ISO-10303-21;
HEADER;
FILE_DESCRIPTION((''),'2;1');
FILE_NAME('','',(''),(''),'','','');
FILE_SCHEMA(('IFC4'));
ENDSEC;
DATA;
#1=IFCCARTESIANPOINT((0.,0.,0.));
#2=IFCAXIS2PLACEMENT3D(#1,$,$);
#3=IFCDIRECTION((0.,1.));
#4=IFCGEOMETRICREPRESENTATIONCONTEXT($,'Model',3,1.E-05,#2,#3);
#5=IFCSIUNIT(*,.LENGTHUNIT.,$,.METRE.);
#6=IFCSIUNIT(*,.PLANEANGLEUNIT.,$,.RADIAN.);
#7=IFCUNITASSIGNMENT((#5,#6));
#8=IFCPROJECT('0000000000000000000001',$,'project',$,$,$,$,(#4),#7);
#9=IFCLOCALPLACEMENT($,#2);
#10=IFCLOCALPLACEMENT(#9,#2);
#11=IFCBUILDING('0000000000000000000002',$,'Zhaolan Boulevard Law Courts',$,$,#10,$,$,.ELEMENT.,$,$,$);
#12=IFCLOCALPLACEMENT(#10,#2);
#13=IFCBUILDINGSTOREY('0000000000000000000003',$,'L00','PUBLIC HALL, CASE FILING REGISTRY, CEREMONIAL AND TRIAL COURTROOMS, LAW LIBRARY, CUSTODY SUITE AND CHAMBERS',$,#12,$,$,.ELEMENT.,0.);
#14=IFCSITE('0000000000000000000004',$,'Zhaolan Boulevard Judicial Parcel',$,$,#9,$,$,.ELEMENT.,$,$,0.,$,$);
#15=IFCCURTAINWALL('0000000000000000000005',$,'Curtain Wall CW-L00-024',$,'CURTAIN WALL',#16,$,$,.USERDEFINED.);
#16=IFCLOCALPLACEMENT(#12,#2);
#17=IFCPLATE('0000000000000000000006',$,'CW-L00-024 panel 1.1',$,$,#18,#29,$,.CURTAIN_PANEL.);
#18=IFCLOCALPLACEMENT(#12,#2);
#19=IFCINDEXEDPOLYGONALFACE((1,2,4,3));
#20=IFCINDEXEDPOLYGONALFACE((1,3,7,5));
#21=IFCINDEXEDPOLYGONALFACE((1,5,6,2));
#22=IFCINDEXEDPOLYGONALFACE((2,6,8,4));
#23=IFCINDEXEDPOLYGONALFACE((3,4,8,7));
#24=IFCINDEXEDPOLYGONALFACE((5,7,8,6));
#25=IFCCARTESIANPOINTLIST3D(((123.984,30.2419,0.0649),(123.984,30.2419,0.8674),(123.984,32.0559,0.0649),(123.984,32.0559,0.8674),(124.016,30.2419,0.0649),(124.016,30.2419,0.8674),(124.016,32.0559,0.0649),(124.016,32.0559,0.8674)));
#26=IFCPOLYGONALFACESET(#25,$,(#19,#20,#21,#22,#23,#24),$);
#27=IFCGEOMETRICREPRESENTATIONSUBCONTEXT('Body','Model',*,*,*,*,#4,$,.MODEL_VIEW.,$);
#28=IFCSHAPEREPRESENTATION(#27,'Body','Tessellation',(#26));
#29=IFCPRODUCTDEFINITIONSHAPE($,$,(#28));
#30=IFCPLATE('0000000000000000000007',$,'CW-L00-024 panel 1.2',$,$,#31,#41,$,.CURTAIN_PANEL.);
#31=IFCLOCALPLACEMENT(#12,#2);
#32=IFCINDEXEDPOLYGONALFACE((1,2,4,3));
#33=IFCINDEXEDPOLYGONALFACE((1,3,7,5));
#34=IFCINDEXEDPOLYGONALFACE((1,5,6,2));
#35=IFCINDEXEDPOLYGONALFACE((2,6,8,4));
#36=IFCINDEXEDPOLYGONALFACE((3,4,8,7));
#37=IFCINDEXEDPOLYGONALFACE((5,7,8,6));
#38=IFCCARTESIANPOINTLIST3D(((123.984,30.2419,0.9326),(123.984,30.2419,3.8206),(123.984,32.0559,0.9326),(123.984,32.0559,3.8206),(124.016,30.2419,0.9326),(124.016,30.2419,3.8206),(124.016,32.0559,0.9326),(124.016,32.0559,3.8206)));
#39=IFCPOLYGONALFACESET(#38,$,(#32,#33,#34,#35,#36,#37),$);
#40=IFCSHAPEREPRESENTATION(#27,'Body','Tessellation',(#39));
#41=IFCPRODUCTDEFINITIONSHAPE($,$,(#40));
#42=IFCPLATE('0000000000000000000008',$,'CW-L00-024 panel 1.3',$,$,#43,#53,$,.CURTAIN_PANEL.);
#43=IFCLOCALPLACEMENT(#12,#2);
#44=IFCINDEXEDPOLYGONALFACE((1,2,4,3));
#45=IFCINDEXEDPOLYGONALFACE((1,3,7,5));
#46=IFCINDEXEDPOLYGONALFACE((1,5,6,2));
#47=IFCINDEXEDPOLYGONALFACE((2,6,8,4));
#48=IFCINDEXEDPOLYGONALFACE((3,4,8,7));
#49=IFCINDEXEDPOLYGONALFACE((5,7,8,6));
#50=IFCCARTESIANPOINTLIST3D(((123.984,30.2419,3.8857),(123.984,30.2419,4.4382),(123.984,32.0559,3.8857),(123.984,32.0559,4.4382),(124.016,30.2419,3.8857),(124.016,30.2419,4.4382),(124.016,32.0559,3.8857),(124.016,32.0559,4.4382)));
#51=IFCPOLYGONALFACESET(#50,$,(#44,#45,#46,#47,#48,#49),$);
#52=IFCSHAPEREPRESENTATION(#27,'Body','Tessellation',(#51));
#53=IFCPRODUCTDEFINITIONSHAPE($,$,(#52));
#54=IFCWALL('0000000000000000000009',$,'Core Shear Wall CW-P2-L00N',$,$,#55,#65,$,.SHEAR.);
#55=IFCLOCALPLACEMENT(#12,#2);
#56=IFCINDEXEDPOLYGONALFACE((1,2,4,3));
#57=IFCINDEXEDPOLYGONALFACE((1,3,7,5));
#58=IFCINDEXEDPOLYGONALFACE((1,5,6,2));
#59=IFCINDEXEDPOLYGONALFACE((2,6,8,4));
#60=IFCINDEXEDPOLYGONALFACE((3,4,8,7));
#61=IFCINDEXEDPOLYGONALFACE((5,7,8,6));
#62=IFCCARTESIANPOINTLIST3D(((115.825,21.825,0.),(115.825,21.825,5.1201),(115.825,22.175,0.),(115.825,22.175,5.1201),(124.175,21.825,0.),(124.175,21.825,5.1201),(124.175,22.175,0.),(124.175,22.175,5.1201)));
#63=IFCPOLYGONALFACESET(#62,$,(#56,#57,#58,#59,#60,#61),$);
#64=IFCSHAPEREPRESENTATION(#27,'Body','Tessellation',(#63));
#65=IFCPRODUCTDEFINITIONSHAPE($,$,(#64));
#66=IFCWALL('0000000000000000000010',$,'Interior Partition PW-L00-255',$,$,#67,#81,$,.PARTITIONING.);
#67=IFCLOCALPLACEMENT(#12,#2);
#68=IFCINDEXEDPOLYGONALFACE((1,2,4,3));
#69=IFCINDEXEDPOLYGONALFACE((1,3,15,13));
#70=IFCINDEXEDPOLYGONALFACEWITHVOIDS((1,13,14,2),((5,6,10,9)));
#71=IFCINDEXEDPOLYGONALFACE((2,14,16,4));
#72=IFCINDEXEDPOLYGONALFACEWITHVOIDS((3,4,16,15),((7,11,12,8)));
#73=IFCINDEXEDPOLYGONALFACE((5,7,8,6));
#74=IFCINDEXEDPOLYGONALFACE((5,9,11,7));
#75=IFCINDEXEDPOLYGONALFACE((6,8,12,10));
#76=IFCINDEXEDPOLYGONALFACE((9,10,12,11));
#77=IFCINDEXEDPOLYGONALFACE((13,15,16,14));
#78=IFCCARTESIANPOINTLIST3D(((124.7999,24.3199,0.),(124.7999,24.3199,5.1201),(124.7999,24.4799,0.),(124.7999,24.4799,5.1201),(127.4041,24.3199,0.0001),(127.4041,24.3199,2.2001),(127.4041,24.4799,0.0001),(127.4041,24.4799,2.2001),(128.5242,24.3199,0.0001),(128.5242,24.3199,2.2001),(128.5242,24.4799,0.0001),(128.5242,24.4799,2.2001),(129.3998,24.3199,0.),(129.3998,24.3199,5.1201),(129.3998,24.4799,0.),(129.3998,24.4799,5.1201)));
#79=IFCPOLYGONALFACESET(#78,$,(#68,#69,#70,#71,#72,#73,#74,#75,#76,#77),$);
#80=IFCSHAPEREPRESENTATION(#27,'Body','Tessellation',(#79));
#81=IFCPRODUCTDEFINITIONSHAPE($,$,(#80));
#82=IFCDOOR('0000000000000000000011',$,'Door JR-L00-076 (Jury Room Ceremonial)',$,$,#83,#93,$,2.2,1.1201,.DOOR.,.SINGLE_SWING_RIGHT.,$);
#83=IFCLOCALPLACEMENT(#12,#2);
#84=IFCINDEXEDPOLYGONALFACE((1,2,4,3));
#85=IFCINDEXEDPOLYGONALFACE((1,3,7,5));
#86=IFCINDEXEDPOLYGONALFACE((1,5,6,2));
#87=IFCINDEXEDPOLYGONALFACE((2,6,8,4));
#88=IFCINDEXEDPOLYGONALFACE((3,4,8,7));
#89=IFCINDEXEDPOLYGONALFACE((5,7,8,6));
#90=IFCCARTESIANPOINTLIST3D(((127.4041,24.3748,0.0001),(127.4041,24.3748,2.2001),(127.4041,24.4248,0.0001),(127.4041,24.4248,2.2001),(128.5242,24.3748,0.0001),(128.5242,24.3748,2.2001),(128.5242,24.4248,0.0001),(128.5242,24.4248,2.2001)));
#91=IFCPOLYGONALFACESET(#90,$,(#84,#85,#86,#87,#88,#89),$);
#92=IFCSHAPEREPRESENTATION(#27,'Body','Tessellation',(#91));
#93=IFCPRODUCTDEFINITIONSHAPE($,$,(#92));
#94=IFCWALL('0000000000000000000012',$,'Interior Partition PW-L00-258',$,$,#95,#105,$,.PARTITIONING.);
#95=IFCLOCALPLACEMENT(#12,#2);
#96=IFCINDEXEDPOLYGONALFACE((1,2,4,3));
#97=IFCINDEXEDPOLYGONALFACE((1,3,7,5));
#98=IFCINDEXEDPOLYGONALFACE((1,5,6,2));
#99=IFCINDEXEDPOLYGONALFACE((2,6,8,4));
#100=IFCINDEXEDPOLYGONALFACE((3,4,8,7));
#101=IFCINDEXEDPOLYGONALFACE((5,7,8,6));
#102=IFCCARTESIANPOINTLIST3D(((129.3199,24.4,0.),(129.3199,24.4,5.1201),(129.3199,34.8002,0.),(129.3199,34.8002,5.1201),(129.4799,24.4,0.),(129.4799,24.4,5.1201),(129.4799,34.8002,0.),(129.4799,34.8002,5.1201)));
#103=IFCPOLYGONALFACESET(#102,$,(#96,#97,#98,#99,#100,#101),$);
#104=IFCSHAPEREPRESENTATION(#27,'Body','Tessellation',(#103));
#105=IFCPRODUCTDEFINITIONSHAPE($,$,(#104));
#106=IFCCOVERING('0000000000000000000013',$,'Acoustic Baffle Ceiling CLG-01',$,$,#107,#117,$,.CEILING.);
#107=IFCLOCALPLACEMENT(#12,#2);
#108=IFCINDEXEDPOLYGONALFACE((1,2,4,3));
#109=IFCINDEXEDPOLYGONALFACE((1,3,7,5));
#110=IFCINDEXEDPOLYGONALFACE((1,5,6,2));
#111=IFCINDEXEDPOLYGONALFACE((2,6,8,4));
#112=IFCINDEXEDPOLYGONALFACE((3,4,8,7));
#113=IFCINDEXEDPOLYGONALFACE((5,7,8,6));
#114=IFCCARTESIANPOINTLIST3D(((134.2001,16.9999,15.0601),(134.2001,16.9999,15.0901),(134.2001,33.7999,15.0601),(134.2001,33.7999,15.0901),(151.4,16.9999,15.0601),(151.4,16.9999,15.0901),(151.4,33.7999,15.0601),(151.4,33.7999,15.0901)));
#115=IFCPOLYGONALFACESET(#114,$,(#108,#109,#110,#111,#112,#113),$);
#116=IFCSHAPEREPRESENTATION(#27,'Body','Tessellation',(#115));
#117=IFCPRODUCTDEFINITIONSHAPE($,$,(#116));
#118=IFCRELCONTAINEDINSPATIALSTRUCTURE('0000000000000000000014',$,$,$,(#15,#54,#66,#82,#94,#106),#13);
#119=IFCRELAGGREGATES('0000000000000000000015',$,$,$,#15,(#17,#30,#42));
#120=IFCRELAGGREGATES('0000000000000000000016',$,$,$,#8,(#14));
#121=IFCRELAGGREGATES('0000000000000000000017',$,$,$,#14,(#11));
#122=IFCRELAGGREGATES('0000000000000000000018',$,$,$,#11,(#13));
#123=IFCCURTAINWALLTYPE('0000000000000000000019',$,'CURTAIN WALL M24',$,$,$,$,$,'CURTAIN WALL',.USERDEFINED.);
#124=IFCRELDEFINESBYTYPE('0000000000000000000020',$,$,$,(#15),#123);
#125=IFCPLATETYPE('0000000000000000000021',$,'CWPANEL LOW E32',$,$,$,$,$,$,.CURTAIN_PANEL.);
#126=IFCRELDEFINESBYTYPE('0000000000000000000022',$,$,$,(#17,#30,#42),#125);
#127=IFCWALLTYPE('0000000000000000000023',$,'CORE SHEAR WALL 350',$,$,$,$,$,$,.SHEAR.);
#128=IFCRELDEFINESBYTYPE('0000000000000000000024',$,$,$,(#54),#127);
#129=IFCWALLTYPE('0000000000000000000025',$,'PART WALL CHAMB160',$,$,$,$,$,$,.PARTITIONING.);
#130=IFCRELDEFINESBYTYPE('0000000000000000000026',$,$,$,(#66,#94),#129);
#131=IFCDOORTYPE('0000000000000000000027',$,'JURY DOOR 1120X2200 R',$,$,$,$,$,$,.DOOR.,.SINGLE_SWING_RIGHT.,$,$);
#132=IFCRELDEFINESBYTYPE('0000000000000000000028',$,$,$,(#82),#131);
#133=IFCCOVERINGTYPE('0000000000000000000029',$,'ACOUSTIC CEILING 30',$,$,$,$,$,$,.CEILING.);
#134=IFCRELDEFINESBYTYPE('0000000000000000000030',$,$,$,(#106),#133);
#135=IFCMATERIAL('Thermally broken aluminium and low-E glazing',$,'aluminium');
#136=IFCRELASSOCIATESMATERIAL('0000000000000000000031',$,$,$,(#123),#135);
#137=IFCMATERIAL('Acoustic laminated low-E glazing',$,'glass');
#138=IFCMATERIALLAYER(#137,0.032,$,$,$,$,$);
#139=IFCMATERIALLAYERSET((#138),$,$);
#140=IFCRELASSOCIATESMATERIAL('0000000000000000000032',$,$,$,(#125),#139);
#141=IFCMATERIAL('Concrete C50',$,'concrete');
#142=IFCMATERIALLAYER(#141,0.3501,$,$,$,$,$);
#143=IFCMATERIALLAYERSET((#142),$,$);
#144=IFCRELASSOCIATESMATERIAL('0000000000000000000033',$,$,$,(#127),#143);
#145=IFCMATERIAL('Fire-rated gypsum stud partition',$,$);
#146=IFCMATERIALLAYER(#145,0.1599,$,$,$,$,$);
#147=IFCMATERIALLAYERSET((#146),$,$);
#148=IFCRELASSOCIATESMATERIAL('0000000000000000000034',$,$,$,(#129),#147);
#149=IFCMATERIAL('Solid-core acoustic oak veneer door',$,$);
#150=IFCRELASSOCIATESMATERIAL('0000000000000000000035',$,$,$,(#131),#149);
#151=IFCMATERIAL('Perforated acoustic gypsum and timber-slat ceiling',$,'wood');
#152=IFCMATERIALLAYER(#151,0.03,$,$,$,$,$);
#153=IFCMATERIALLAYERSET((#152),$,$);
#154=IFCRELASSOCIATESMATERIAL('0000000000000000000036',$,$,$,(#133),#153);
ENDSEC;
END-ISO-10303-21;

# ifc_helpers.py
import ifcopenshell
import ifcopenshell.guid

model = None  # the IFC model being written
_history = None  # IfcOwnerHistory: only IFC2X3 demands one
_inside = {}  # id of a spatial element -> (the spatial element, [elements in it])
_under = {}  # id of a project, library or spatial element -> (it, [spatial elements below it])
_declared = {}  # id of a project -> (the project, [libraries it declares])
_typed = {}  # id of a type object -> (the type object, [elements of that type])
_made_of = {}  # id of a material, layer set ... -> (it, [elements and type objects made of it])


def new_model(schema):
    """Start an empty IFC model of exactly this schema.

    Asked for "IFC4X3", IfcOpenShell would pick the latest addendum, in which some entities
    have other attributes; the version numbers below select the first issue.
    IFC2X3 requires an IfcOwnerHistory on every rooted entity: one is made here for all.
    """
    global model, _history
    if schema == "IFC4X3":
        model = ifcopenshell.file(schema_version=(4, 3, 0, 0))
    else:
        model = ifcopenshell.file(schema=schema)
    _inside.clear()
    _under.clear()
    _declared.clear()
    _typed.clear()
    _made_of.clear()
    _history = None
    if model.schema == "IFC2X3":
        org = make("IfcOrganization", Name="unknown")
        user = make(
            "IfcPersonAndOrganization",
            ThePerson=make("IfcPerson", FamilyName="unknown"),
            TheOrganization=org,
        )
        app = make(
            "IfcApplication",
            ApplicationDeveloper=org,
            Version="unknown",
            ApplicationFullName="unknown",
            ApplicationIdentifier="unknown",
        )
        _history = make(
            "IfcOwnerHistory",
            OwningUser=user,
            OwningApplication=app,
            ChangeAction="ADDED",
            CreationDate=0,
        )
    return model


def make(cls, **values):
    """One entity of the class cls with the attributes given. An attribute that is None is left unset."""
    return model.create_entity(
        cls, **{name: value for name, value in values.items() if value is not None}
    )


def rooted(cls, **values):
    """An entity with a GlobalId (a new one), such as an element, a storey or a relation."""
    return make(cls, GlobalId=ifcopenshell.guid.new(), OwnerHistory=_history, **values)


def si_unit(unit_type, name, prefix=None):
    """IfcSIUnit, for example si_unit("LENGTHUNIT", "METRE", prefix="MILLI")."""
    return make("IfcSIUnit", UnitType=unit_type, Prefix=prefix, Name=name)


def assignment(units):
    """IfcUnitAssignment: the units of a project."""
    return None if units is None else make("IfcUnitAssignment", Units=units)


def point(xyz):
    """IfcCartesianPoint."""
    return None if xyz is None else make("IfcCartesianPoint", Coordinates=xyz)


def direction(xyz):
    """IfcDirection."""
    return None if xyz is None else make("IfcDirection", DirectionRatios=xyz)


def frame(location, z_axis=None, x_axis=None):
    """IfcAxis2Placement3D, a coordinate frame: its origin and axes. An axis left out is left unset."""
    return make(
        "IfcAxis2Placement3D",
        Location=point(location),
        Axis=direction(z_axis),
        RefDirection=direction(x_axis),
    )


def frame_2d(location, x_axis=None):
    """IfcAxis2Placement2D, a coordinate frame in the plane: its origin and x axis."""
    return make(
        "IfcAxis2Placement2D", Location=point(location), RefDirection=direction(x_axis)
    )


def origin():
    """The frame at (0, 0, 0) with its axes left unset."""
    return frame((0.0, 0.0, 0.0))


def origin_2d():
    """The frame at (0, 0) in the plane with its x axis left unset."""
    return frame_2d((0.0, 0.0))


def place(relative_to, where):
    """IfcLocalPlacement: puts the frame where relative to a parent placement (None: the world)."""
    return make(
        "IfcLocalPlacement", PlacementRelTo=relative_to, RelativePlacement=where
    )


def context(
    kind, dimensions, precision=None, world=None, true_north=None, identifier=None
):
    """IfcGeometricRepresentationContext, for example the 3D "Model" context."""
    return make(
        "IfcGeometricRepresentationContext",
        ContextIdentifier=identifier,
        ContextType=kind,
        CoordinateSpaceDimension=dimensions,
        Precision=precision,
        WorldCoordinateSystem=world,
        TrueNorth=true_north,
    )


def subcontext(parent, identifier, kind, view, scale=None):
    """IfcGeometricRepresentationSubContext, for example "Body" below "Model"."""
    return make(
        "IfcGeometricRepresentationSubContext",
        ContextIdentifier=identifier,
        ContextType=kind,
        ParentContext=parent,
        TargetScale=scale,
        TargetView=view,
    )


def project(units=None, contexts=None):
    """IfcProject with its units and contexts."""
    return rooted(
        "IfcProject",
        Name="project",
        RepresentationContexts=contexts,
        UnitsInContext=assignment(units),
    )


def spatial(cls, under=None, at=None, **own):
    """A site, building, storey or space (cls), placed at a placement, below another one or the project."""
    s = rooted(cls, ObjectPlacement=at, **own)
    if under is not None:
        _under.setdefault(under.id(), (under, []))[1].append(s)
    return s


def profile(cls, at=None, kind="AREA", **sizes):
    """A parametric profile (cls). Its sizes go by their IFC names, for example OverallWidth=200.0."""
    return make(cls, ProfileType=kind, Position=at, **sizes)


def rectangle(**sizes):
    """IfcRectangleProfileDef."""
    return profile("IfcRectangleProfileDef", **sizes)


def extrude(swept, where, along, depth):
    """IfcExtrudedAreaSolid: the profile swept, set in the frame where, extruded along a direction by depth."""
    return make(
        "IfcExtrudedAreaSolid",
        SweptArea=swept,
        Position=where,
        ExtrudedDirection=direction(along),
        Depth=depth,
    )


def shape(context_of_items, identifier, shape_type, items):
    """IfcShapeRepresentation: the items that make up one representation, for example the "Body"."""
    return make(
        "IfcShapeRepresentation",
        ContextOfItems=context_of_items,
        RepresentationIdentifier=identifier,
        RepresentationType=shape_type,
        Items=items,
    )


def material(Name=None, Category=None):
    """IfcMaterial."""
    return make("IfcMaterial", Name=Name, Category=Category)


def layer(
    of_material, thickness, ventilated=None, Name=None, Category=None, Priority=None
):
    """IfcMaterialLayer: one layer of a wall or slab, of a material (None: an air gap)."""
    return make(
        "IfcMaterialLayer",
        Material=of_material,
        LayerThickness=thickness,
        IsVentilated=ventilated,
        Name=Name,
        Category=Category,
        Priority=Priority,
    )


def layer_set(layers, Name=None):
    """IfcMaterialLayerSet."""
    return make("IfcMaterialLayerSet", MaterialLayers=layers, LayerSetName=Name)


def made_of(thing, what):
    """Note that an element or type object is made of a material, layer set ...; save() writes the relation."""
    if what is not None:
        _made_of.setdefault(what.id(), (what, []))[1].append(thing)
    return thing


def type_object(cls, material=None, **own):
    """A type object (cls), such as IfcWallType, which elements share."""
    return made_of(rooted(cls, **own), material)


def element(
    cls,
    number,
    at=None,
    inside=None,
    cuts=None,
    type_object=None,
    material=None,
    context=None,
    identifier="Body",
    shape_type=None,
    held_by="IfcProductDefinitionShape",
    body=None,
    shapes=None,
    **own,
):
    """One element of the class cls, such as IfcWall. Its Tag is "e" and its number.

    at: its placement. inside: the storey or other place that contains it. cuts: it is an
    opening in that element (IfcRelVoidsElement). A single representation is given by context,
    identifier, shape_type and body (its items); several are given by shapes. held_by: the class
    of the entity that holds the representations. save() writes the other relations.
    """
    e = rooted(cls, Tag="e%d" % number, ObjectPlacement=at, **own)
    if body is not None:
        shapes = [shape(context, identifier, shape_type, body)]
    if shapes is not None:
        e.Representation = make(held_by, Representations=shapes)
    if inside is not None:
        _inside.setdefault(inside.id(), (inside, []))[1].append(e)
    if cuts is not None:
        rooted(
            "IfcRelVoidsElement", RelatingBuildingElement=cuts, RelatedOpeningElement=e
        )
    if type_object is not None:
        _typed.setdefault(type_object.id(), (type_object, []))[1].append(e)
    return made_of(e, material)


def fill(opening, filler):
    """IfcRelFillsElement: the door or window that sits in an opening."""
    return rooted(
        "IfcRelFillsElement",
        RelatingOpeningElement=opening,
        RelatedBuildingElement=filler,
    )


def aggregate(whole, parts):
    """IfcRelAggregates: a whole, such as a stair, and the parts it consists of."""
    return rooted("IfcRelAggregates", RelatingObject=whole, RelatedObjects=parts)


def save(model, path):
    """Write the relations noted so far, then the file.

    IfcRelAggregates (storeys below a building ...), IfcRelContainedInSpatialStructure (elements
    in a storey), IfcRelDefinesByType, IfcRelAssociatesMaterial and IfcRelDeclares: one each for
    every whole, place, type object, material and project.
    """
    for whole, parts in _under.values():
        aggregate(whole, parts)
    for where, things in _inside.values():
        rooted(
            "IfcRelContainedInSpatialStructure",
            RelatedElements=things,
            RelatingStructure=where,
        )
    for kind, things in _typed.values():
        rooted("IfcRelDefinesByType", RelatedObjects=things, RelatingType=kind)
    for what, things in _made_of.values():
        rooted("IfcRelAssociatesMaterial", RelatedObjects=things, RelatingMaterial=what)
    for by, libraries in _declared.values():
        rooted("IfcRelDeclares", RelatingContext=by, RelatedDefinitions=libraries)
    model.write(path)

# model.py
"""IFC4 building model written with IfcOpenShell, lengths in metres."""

from ifc_helpers import new_model, si_unit, direction, frame, frame_2d, origin, origin_2d, place, context, subcontext, project, spatial, rectangle, extrude, material, layer, layer_set, type_object, element, fill, aggregate, save


model = new_model("IFC4")

# Units and contexts
model_context = context("Model", 3, precision=1e-05, world=origin(), true_north=direction((0.0, 1.0)))
body_context = subcontext(model_context, "Body", "Model", "MODEL_VIEW")
ifc_project = project(units=[si_unit("LENGTHUNIT", "METRE"), si_unit("PLANEANGLEUNIT", "RADIAN")], contexts=[model_context])

# Site, building, storey
site_placement = place(None, origin())
site = spatial("IfcSite", under=ifc_project, at=site_placement, Name="Zhaolan Boulevard Judicial Parcel", CompositionType="ELEMENT", RefElevation=0.0)
building_placement = place(site_placement, origin())
building = spatial("IfcBuilding", under=site, at=building_placement, Name="Zhaolan Boulevard Law Courts", CompositionType="ELEMENT")
storey_placement = place(building_placement, origin())
storey = spatial("IfcBuildingStorey", under=building, at=storey_placement, Name="L00", Description="PUBLIC HALL, CASE FILING REGISTRY, CEREMONIAL AND TRIAL COURTROOMS, LAW LIBRARY, CUSTODY SUITE AND CHAMBERS", CompositionType="ELEMENT", Elevation=0.0)

# Curtain wall
ifc_material_1 = material(Name="Thermally broken aluminium and low-E glazing", Category="aluminium")
curtain_wall_type = type_object("IfcCurtainWallType", Name="CURTAIN WALL M24", ElementType="CURTAIN WALL", PredefinedType="USERDEFINED", material=ifc_material_1)
curtain_wall_placement = place(storey_placement, origin())
curtain_wall = element("IfcCurtainWall", 1, at=curtain_wall_placement, inside=storey, type_object=curtain_wall_type, Name="Curtain Wall CW-L00-024", ObjectType="CURTAIN WALL", PredefinedType="USERDEFINED")

# Plates
ifc_material_2 = material(Name="Acoustic laminated low-E glazing", Category="glass")
ifc_layer_1 = layer(ifc_material_2, 0.032)
ifc_layer_set_1 = layer_set([ifc_layer_1])
plate_type = type_object("IfcPlateType", Name="CWPANEL LOW E32", PredefinedType="CURTAIN_PANEL", material=ifc_layer_set_1)
plate_1_placement = place(storey_placement, frame((124.0, 31.1489, 0.0649), z_axis=(0.0, 0.0, 1.0), x_axis=(0.0, 1.0, 0.0)))
plate_1 = element("IfcPlate", 2, at=plate_1_placement, type_object=plate_type, Name="CW-L00-024 panel 1.1", PredefinedType="CURTAIN_PANEL", context=body_context, shape_type="SweptSolid", body=[
    extrude(rectangle(XDim=1.814, YDim=0.032, at=origin_2d()), origin(), (0.0, 0.0, 1.0), 0.8025),
])
plate_2_placement = place(storey_placement, frame((124.0, 31.1489, 0.9326), z_axis=(0.0, 0.0, 1.0), x_axis=(0.0, 1.0, 0.0)))
plate_2 = element("IfcPlate", 3, at=plate_2_placement, type_object=plate_type, Name="CW-L00-024 panel 1.2", PredefinedType="CURTAIN_PANEL", context=body_context, shape_type="SweptSolid", body=[
    extrude(rectangle(XDim=1.814, YDim=0.032, at=origin_2d()), origin(), (0.0, 0.0, 1.0), 2.8879),
])
plate_3_placement = place(storey_placement, frame((124.0, 31.1489, 3.8857), z_axis=(0.0, 0.0, 1.0), x_axis=(0.0, 1.0, 0.0)))
plate_3 = element("IfcPlate", 4, at=plate_3_placement, type_object=plate_type, Name="CW-L00-024 panel 1.3", PredefinedType="CURTAIN_PANEL", context=body_context, shape_type="SweptSolid", body=[
    extrude(rectangle(XDim=1.814, YDim=0.032, at=origin_2d()), origin(), (0.0, 0.0, 1.0), 0.5525),
])
aggregate(curtain_wall, [plate_1, plate_2, plate_3])

# Wall
ifc_material_3 = material(Name="Concrete C50", Category="concrete")
ifc_layer_2 = layer(ifc_material_3, 0.3501)
ifc_layer_set_2 = layer_set([ifc_layer_2])
wall_type_1 = type_object("IfcWallType", Name="CORE SHEAR WALL 350", PredefinedType="SHEAR", material=ifc_layer_set_2)
wall_1_placement = place(storey_placement, frame((124.175, 22.0, 0.0), z_axis=(0.0, 0.0, 1.0), x_axis=(-1.0, 0.0, 0.0)))
element("IfcWall", 5, at=wall_1_placement, inside=storey, type_object=wall_type_1, Name="Core Shear Wall CW-P2-L00N", PredefinedType="SHEAR", context=body_context, shape_type="SweptSolid", body=[
    extrude(rectangle(XDim=8.3501, YDim=0.3501, at=frame_2d((4.175, 0.0))), origin(), (0.0, 0.0, 1.0), 5.1201),
])

# Wall, opening, door
ifc_material_4 = material(Name="Fire-rated gypsum stud partition")
ifc_layer_3 = layer(ifc_material_4, 0.1599)
ifc_layer_set_3 = layer_set([ifc_layer_3])
wall_type_2 = type_object("IfcWallType", Name="PART WALL CHAMB160", PredefinedType="PARTITIONING", material=ifc_layer_set_3)
wall_2_placement = place(storey_placement, frame((124.8, 24.3999, 0.0), z_axis=(0.0, 0.0, 1.0), x_axis=(1.0, 0.0, 0.0)))
wall_2 = element("IfcWall", 6, at=wall_2_placement, inside=storey, type_object=wall_type_2, Name="Interior Partition PW-L00-255", PredefinedType="PARTITIONING", context=body_context, shape_type="SweptSolid", body=[
    extrude(rectangle(XDim=4.5999, YDim=0.1599, at=frame_2d((2.2998, 0.0))), origin(), (0.0, 0.0, 1.0), 5.1201),
])
opening_placement = place(wall_2_placement, frame((2.604, 0.0, 0.0)))
opening = element("IfcOpeningElement", 7, at=opening_placement, cuts=wall_2, PredefinedType="OPENING", context=body_context, shape_type="SweptSolid", body=[
    extrude(rectangle(XDim=1.1201, YDim=2.2, at=frame_2d((0.5601, 1.1001))), frame((0.0, 0.0898, 0.0), z_axis=(0.0, -1.0, 0.0), x_axis=(1.0, 0.0, 0.0)), (0.0, 0.0, 1.0), 0.1799),
])
ifc_material_5 = material(Name="Solid-core acoustic oak veneer door")
door_type = type_object("IfcDoorType", Name="JURY DOOR 1120X2200 R", OperationType="SINGLE_SWING_RIGHT", PredefinedType="DOOR", material=ifc_material_5)
door_placement = place(opening_placement, origin())
door = element("IfcDoor", 8, at=door_placement, inside=storey, type_object=door_type, Name="Door JR-L00-076 (Jury Room Ceremonial)", OperationType="SINGLE_SWING_RIGHT", OverallHeight=2.2, OverallWidth=1.1201, PredefinedType="DOOR", context=body_context, shape_type="SweptSolid", body=[
    extrude(rectangle(XDim=1.1201, YDim=2.2, at=frame_2d((0.5601, 1.1001))), frame((0.0, 0.0249, 0.0), z_axis=(0.0, -1.0, 0.0), x_axis=(1.0, 0.0, 0.0)), (0.0, 0.0, 1.0), 0.05),
])
fill(opening, door)

# Wall
wall_3_placement = place(storey_placement, frame((129.3999, 24.3999, 0.0), z_axis=(0.0, 0.0, 1.0), x_axis=(0.0, 1.0, 0.0)))
element("IfcWall", 9, at=wall_3_placement, inside=storey, type_object=wall_type_2, Name="Interior Partition PW-L00-258", PredefinedType="PARTITIONING", context=body_context, shape_type="SweptSolid", body=[
    extrude(rectangle(XDim=10.4001, YDim=0.1599, at=frame_2d((5.2002, 0.0))), origin(), (0.0, 0.0, 1.0), 5.1201),
])

# Covering
ifc_material_6 = material(Name="Perforated acoustic gypsum and timber-slat ceiling", Category="wood")
ifc_layer_4 = layer(ifc_material_6, 0.03)
ifc_layer_set_4 = layer_set([ifc_layer_4])
covering_type = type_object("IfcCoveringType", Name="ACOUSTIC CEILING 30", PredefinedType="CEILING", material=ifc_layer_set_4)
covering_placement = place(storey_placement, frame((142.8, 25.3999, 15.0601), z_axis=(0.0, 0.0, 1.0), x_axis=(1.0, 0.0, 0.0)))
element("IfcCovering", 10, at=covering_placement, inside=storey, type_object=covering_type, Name="Acoustic Baffle Ceiling CLG-01", PredefinedType="CEILING", context=body_context, shape_type="SweptSolid", body=[
    extrude(rectangle(XDim=17.2, YDim=16.8, at=origin_2d()), origin(), (0.0, 0.0, 1.0), 0.03),
])

save(model, "model.ifc")
